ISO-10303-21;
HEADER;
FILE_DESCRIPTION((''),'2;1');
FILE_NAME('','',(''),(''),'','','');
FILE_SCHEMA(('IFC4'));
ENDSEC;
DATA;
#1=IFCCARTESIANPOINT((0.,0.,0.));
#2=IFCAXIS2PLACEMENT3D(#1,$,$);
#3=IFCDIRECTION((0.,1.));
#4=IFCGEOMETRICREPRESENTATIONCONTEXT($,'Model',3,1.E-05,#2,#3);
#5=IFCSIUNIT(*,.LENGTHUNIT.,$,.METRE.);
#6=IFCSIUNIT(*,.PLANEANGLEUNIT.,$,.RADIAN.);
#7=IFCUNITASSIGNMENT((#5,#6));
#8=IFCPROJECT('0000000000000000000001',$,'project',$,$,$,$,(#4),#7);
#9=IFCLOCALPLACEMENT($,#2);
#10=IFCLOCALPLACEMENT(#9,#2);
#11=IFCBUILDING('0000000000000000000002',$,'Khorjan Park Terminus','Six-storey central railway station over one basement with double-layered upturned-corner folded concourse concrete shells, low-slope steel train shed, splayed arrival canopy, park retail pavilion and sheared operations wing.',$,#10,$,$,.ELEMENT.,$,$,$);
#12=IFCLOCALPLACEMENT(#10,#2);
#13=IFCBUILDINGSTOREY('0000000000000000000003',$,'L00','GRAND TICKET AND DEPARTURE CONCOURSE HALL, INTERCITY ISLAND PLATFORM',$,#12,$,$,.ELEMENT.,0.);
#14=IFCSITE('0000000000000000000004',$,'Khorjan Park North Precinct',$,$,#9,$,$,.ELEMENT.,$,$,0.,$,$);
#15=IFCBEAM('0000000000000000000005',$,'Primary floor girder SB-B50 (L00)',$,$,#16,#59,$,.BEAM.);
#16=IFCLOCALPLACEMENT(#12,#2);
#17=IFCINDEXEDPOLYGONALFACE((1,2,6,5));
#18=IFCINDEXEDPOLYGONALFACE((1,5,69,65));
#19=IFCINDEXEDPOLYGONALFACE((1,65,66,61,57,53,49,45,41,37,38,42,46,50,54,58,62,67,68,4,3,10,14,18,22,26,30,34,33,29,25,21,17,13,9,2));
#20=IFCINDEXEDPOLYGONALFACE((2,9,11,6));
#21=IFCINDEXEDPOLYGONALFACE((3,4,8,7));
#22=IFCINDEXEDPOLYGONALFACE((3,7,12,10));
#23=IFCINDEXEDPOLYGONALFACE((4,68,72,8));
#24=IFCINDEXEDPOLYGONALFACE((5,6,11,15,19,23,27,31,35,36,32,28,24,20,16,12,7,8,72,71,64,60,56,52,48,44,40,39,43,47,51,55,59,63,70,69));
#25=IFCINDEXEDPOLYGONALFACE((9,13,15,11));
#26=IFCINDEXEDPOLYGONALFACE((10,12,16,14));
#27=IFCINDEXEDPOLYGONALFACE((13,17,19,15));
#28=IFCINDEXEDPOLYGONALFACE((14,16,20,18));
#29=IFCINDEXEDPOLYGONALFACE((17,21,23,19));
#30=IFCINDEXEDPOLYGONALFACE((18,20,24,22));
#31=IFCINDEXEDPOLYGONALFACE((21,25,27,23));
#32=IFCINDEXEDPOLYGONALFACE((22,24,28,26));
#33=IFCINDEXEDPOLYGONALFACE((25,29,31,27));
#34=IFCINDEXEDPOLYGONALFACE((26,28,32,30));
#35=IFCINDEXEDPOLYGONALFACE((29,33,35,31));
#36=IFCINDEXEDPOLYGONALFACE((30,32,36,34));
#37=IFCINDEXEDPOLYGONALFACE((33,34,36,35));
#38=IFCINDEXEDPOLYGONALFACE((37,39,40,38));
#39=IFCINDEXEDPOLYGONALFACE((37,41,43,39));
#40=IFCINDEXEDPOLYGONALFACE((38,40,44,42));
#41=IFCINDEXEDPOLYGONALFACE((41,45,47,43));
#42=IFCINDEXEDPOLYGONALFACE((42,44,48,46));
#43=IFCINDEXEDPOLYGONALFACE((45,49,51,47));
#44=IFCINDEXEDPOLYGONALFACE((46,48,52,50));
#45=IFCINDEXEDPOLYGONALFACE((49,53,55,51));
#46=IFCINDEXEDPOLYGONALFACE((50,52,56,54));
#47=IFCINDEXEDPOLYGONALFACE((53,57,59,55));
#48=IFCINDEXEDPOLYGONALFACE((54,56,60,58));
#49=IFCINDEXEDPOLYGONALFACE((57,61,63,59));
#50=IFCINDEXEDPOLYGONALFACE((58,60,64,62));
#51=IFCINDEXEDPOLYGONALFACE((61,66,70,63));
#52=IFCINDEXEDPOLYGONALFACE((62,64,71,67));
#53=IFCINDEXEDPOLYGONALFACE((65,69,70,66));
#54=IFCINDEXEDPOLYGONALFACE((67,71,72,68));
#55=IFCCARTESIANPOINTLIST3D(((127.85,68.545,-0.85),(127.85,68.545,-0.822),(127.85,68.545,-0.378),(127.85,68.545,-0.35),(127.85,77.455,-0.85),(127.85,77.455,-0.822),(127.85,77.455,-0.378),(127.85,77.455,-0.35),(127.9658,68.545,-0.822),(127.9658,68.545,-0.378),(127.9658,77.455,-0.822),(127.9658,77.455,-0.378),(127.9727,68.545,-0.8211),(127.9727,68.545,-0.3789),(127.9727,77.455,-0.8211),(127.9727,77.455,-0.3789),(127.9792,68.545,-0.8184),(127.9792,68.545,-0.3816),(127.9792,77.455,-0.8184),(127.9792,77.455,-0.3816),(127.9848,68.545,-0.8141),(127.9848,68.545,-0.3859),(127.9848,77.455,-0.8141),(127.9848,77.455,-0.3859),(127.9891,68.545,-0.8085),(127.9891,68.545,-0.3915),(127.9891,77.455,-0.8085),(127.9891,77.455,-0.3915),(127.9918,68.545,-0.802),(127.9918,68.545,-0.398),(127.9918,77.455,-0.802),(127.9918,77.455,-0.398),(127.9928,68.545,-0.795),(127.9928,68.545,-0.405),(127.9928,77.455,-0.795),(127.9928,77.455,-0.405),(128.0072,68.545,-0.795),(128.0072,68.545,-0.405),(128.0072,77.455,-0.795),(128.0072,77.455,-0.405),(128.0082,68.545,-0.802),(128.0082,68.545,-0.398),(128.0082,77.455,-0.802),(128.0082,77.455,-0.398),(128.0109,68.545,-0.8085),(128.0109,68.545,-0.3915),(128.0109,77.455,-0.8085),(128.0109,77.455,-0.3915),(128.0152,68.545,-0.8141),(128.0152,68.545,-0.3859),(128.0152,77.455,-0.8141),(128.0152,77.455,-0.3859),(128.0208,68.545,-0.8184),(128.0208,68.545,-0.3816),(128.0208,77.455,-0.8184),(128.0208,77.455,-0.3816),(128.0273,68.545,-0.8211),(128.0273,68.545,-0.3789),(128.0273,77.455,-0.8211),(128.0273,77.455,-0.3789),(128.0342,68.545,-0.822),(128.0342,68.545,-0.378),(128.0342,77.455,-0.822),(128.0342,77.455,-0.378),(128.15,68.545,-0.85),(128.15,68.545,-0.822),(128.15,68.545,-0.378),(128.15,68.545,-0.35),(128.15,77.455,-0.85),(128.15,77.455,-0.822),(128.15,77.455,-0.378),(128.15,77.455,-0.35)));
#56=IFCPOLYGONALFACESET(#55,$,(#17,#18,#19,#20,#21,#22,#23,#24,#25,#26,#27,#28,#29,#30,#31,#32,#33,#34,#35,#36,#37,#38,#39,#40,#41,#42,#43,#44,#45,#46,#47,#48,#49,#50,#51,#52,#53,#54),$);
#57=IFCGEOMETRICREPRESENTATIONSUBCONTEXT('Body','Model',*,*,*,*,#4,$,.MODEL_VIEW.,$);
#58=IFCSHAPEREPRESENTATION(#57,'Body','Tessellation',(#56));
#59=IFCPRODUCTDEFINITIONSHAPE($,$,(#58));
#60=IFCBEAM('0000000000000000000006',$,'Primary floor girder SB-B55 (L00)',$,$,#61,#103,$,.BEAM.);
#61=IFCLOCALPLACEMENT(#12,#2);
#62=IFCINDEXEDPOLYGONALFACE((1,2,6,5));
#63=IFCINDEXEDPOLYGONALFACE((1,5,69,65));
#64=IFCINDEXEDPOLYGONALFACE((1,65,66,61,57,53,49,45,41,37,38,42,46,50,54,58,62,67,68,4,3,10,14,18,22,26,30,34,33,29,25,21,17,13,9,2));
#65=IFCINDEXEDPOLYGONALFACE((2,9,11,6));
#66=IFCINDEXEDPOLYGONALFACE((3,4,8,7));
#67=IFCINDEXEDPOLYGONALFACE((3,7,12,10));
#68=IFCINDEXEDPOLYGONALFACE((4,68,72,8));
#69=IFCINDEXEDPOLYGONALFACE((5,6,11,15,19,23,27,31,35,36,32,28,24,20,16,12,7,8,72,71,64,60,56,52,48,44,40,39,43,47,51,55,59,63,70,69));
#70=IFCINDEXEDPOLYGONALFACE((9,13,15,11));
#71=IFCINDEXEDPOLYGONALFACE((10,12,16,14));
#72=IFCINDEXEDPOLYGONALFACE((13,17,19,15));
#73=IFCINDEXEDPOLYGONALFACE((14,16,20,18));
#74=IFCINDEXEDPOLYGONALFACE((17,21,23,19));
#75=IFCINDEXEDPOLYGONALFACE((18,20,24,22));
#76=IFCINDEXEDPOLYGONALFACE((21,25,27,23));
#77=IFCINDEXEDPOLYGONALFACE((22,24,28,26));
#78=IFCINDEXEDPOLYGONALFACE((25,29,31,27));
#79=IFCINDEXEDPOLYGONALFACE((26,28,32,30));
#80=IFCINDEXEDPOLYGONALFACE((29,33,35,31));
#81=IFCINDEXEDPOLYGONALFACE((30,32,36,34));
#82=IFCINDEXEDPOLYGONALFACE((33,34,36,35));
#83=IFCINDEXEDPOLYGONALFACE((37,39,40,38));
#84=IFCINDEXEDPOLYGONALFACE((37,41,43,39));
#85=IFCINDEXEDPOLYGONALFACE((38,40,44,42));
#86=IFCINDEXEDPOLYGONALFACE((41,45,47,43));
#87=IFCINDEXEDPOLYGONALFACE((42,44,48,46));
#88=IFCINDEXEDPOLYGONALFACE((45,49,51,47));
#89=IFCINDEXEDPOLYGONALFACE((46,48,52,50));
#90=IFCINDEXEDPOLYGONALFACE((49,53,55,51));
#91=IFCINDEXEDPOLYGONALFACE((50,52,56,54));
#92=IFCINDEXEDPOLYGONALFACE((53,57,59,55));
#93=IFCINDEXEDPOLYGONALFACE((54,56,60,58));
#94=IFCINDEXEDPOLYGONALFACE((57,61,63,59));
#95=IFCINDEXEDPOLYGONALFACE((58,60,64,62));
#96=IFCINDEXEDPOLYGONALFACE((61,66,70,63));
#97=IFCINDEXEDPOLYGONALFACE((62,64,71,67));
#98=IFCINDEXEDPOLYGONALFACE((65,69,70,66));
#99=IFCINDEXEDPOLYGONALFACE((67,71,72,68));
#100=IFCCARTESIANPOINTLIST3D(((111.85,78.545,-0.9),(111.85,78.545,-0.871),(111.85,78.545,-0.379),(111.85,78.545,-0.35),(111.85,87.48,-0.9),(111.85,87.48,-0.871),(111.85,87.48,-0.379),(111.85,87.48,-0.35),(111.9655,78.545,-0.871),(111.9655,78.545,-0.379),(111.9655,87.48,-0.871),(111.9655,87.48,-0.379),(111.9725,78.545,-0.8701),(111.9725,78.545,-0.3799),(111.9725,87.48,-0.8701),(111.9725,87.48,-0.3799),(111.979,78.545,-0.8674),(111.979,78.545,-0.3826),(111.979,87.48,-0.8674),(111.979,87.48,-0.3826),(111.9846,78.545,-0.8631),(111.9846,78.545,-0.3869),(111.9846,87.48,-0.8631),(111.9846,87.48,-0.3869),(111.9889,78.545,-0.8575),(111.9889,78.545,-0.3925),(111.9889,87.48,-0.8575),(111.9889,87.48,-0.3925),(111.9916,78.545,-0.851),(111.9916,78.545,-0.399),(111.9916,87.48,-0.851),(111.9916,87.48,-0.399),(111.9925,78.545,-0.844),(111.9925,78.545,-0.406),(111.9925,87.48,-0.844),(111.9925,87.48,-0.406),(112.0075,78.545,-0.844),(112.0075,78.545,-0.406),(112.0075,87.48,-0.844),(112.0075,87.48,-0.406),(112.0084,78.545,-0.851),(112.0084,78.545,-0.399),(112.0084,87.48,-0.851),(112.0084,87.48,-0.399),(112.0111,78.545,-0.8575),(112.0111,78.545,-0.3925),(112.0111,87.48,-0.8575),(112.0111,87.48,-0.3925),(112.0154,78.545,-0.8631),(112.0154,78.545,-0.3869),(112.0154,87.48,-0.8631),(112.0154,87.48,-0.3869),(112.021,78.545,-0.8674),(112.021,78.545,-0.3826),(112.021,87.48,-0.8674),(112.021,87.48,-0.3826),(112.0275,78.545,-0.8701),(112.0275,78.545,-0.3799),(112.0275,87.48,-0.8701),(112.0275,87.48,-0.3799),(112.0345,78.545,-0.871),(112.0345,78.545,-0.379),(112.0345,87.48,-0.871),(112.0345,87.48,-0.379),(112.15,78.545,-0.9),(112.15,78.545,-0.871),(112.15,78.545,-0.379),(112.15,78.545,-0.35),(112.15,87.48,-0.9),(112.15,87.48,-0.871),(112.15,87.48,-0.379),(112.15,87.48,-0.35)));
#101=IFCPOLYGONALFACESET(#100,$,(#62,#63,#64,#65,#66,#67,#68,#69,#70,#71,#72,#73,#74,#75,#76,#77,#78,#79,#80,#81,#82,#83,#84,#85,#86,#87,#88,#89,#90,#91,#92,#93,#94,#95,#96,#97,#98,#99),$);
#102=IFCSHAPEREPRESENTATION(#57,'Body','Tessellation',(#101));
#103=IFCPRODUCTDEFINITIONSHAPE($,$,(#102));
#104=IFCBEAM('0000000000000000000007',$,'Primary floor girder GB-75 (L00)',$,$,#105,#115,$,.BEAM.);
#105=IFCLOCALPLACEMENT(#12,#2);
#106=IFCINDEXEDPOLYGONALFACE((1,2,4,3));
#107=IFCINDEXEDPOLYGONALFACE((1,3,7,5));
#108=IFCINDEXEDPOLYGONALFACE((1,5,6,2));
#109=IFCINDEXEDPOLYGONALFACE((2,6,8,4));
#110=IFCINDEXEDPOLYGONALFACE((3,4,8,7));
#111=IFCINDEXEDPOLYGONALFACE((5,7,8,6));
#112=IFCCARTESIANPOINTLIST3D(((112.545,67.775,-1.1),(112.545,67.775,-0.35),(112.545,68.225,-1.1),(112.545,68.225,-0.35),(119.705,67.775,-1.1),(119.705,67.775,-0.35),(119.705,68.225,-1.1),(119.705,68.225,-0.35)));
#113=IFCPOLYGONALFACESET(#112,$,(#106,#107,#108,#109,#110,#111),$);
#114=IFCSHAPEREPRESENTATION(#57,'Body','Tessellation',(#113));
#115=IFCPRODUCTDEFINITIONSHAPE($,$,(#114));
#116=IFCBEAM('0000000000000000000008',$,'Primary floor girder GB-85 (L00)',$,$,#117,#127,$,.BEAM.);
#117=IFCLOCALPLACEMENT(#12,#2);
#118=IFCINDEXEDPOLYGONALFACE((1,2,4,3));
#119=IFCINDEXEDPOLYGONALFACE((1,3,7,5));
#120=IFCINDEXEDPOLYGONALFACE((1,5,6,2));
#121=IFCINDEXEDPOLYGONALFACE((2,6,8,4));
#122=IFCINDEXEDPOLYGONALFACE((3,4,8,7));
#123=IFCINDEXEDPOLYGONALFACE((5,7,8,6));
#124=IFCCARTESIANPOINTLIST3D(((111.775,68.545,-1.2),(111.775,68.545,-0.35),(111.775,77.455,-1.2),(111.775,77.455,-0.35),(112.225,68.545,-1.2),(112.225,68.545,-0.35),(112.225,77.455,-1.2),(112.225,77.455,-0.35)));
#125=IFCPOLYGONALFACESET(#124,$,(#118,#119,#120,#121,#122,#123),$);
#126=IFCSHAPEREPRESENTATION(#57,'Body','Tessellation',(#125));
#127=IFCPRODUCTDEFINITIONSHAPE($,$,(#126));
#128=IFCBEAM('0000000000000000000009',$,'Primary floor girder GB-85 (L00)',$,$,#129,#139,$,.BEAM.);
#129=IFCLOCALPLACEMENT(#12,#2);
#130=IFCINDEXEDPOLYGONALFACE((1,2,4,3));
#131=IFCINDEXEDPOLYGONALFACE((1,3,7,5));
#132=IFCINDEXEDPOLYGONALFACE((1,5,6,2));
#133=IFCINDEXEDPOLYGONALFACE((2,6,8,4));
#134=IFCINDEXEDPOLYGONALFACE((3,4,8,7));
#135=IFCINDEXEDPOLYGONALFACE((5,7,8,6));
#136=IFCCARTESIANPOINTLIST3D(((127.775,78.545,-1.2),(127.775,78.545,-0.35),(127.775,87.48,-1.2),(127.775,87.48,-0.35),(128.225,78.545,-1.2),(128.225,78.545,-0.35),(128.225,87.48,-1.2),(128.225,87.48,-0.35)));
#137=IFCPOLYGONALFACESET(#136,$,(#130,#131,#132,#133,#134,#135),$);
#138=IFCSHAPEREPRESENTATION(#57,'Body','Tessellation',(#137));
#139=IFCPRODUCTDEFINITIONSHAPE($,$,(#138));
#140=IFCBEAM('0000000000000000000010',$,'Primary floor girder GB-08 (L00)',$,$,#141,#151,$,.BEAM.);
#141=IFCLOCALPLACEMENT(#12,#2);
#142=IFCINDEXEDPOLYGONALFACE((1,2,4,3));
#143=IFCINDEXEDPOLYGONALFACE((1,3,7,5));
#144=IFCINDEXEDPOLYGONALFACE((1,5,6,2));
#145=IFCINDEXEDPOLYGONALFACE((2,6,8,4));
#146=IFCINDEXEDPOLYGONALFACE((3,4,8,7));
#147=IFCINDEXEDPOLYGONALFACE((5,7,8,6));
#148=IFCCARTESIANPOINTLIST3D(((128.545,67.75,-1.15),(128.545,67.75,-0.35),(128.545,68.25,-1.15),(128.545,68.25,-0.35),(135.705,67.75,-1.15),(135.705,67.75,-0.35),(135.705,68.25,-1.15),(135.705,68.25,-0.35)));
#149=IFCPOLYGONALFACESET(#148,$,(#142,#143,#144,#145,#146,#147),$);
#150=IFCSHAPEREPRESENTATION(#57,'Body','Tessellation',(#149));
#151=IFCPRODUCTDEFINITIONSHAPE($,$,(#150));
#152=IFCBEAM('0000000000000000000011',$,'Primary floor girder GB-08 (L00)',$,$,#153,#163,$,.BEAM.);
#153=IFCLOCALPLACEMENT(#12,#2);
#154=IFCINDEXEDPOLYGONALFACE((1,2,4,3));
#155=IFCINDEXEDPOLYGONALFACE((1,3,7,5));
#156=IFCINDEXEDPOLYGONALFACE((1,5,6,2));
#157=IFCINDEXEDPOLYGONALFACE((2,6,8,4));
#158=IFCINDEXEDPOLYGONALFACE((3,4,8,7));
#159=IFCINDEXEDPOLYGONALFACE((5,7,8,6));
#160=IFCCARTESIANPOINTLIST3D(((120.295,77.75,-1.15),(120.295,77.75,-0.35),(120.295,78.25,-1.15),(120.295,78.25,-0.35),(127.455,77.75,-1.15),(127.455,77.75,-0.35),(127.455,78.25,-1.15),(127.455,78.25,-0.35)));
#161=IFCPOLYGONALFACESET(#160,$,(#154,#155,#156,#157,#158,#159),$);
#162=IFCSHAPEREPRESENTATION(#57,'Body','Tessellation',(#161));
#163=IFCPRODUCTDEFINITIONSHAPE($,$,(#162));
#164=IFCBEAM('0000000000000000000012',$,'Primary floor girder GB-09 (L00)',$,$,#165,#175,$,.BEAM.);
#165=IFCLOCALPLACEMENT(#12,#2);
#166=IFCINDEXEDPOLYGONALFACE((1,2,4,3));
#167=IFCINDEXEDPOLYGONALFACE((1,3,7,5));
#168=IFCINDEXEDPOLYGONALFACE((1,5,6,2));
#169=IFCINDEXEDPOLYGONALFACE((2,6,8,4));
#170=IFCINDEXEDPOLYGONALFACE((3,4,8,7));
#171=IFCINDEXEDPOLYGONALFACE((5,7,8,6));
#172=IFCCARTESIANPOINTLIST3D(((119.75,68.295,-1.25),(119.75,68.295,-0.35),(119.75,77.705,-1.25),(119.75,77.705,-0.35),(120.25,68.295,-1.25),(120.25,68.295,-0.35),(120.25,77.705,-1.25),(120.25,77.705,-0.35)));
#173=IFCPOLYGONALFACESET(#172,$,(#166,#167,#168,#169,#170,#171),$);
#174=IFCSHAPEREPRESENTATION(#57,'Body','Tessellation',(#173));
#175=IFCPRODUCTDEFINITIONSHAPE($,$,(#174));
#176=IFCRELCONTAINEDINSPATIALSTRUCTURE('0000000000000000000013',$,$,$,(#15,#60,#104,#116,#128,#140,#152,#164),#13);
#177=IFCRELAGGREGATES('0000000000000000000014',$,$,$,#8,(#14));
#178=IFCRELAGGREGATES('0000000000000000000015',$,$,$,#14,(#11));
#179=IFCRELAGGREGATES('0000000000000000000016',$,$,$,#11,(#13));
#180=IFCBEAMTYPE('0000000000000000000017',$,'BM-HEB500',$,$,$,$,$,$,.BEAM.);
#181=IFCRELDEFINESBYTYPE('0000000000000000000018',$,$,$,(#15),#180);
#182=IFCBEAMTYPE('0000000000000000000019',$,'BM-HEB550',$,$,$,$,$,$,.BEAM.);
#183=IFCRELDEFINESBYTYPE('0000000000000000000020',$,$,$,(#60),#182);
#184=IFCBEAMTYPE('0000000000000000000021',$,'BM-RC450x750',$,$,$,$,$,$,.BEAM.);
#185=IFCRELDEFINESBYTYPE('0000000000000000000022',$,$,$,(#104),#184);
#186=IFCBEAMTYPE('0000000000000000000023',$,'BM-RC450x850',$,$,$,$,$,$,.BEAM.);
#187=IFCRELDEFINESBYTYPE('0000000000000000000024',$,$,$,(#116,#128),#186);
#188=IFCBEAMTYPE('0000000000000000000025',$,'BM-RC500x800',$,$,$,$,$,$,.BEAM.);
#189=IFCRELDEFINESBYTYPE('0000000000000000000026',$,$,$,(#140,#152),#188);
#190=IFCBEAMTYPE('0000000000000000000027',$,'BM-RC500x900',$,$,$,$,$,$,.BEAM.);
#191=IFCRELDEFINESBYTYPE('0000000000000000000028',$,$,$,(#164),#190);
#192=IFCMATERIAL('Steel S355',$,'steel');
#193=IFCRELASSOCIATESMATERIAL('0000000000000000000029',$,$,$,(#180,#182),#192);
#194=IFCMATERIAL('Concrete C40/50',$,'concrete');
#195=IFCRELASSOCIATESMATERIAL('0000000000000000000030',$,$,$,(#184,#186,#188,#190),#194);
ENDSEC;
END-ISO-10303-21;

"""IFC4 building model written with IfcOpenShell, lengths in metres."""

from ifc_helpers import new_model, si_unit, direction, frame, origin, origin_2d, place, context, subcontext, project, spatial, rectangle, i_section, extrude, material, material_profile, profile_set, type_object, element, save


model = new_model("IFC4")

# Units and contexts
model_context = context("Model", 3, precision=1e-05, world=origin(), true_north=direction((0.0, 1.0)))
body_context = subcontext(model_context, "Body", "Model", "MODEL_VIEW")
ifc_project = project(units=[si_unit("LENGTHUNIT", "METRE"), si_unit("PLANEANGLEUNIT", "RADIAN")], contexts=[model_context])

# Site, building, storey
site_placement = place(None, origin())
site = spatial("IfcSite", under=ifc_project, at=site_placement, Name="Khorjan Park North Precinct", CompositionType="ELEMENT", RefElevation=0.0)
building_placement = place(site_placement, origin())
building = spatial("IfcBuilding", under=site, at=building_placement, Name="Khorjan Park Terminus", Description="Six-storey central railway station over one basement with double-layered upturned-corner folded concourse concrete shells, low-slope steel train shed, splayed arrival canopy, park retail pavilion and sheared operations wing.", CompositionType="ELEMENT")
storey_placement = place(building_placement, origin())
storey = spatial("IfcBuildingStorey", under=building, at=storey_placement, Name="L00", Description="GRAND TICKET AND DEPARTURE CONCOURSE HALL, INTERCITY ISLAND PLATFORM", CompositionType="ELEMENT", Elevation=0.0)

# Beams
ifc_material_1 = material(Name="Steel S355", Category="steel")
ifc_material_profile_1 = material_profile(ifc_material_1, i_section(OverallWidth=0.3, OverallDepth=0.5, WebThickness=0.0145, FlangeThickness=0.028, FilletRadius=0.027, at=origin_2d()), Name="HEB 500")
ifc_profile_set_1 = profile_set([ifc_material_profile_1], Name="Steel S355")
beam_type_1 = type_object("IfcBeamType", Name="BM-HEB500", PredefinedType="BEAM", material=ifc_profile_set_1)
beam_1_placement = place(storey_placement, frame((128.0, 68.545, -0.6), z_axis=(0.0, 1.0, 0.0), x_axis=(-1.0, 0.0, 0.0)))
element("IfcBeam", 1, at=beam_1_placement, inside=storey, type_object=beam_type_1, Name="Primary floor girder SB-B50 (L00)", PredefinedType="BEAM", context=body_context, shape_type="SweptSolid", body=[
    extrude(i_section(OverallWidth=0.3, OverallDepth=0.5, WebThickness=0.0145, FlangeThickness=0.028, FilletRadius=0.027, at=origin_2d()), origin(), (0.0, 0.0, 1.0), 8.91),
])
ifc_material_profile_2 = material_profile(ifc_material_1, i_section(OverallWidth=0.3, OverallDepth=0.55, WebThickness=0.015, FlangeThickness=0.029, FilletRadius=0.027, at=origin_2d()), Name="HEB 550")
ifc_profile_set_2 = profile_set([ifc_material_profile_2], Name="Steel S355")
beam_type_2 = type_object("IfcBeamType", Name="BM-HEB550", PredefinedType="BEAM", material=ifc_profile_set_2)
beam_2_placement = place(storey_placement, frame((112.0, 78.545, -0.625), z_axis=(0.0, 1.0, 0.0), x_axis=(-1.0, 0.0, 0.0)))
element("IfcBeam", 2, at=beam_2_placement, inside=storey, type_object=beam_type_2, Name="Primary floor girder SB-B55 (L00)", PredefinedType="BEAM", context=body_context, shape_type="SweptSolid", body=[
    extrude(i_section(OverallWidth=0.3, OverallDepth=0.55, WebThickness=0.015, FlangeThickness=0.029, FilletRadius=0.027, at=origin_2d()), origin(), (0.0, 0.0, 1.0), 8.935),
])
ifc_material_2 = material(Name="Concrete C40/50", Category="concrete")
ifc_material_profile_3 = material_profile(ifc_material_2, rectangle(XDim=0.45, YDim=0.75, at=origin_2d()), Name="RC 450x750")
ifc_profile_set_3 = profile_set([ifc_material_profile_3], Name="Concrete C40/50")
beam_type_3 = type_object("IfcBeamType", Name="BM-RC450x750", PredefinedType="BEAM", material=ifc_profile_set_3)
beam_3_placement = place(storey_placement, frame((112.545, 68.0, -0.725), z_axis=(1.0, 0.0, 0.0), x_axis=(0.0, 1.0, 0.0)))
element("IfcBeam", 3, at=beam_3_placement, inside=storey, type_object=beam_type_3, Name="Primary floor girder GB-75 (L00)", PredefinedType="BEAM", context=body_context, shape_type="SweptSolid", body=[
    extrude(rectangle(XDim=0.45, YDim=0.75, at=origin_2d()), origin(), (0.0, 0.0, 1.0), 7.16),
])
ifc_material_profile_4 = material_profile(ifc_material_2, rectangle(XDim=0.45, YDim=0.85, at=origin_2d()), Name="RC 450x850")
ifc_profile_set_4 = profile_set([ifc_material_profile_4], Name="Concrete C40/50")
beam_type_4 = type_object("IfcBeamType", Name="BM-RC450x850", PredefinedType="BEAM", material=ifc_profile_set_4)
beam_4_placement = place(storey_placement, frame((112.0, 68.545, -0.775), z_axis=(0.0, 1.0, 0.0), x_axis=(-1.0, 0.0, 0.0)))
element("IfcBeam", 4, at=beam_4_placement, inside=storey, type_object=beam_type_4, Name="Primary floor girder GB-85 (L00)", PredefinedType="BEAM", context=body_context, shape_type="SweptSolid", body=[
    extrude(rectangle(XDim=0.45, YDim=0.85, at=origin_2d()), origin(), (0.0, 0.0, 1.0), 8.91),
])
beam_5_placement = place(storey_placement, frame((128.0, 78.545, -0.775), z_axis=(0.0, 1.0, 0.0), x_axis=(-1.0, 0.0, 0.0)))
element("IfcBeam", 5, at=beam_5_placement, inside=storey, type_object=beam_type_4, Name="Primary floor girder GB-85 (L00)", PredefinedType="BEAM", context=body_context, shape_type="SweptSolid", body=[
    extrude(rectangle(XDim=0.45, YDim=0.85, at=origin_2d()), origin(), (0.0, 0.0, 1.0), 8.935),
])
ifc_material_profile_5 = material_profile(ifc_material_2, rectangle(XDim=0.5, YDim=0.8, at=origin_2d()), Name="RC 500x800")
ifc_profile_set_5 = profile_set([ifc_material_profile_5], Name="Concrete C40/50")
beam_type_5 = type_object("IfcBeamType", Name="BM-RC500x800", PredefinedType="BEAM", material=ifc_profile_set_5)
for number, where, z_axis, x_axis, name in (
    (6, (128.545, 68.0, -0.75), (1.0, 0.0, 0.0), (0.0, 1.0, 0.0), "Primary floor girder GB-08 (L00)"),
    (7, (120.295, 78.0, -0.75), (1.0, 0.0, 0.0), (0.0, 1.0, 0.0), "Primary floor girder GB-08 (L00)"),
):
    element("IfcBeam", number, at=place(storey_placement, frame(where, z_axis=z_axis, x_axis=x_axis)), inside=storey, type_object=beam_type_5, Name=name, PredefinedType="BEAM", context=body_context, shape_type="SweptSolid", body=[
        extrude(rectangle(XDim=0.5, YDim=0.8, at=origin_2d()), origin(), (0.0, 0.0, 1.0), 7.16),
    ])
ifc_material_profile_6 = material_profile(ifc_material_2, rectangle(XDim=0.5, YDim=0.9, at=origin_2d()), Name="RC 500x900")
ifc_profile_set_6 = profile_set([ifc_material_profile_6], Name="Concrete C40/50")
beam_type_6 = type_object("IfcBeamType", Name="BM-RC500x900", PredefinedType="BEAM", material=ifc_profile_set_6)
beam_6_placement = place(storey_placement, frame((120.0, 68.295, -0.8), z_axis=(0.0, 1.0, 0.0), x_axis=(-1.0, 0.0, 0.0)))
element("IfcBeam", 8, at=beam_6_placement, inside=storey, type_object=beam_type_6, Name="Primary floor girder GB-09 (L00)", PredefinedType="BEAM", context=body_context, shape_type="SweptSolid", body=[
    extrude(rectangle(XDim=0.5, YDim=0.9, at=origin_2d()), origin(), (0.0, 0.0, 1.0), 9.41),
])

save(model, "model.ifc")
